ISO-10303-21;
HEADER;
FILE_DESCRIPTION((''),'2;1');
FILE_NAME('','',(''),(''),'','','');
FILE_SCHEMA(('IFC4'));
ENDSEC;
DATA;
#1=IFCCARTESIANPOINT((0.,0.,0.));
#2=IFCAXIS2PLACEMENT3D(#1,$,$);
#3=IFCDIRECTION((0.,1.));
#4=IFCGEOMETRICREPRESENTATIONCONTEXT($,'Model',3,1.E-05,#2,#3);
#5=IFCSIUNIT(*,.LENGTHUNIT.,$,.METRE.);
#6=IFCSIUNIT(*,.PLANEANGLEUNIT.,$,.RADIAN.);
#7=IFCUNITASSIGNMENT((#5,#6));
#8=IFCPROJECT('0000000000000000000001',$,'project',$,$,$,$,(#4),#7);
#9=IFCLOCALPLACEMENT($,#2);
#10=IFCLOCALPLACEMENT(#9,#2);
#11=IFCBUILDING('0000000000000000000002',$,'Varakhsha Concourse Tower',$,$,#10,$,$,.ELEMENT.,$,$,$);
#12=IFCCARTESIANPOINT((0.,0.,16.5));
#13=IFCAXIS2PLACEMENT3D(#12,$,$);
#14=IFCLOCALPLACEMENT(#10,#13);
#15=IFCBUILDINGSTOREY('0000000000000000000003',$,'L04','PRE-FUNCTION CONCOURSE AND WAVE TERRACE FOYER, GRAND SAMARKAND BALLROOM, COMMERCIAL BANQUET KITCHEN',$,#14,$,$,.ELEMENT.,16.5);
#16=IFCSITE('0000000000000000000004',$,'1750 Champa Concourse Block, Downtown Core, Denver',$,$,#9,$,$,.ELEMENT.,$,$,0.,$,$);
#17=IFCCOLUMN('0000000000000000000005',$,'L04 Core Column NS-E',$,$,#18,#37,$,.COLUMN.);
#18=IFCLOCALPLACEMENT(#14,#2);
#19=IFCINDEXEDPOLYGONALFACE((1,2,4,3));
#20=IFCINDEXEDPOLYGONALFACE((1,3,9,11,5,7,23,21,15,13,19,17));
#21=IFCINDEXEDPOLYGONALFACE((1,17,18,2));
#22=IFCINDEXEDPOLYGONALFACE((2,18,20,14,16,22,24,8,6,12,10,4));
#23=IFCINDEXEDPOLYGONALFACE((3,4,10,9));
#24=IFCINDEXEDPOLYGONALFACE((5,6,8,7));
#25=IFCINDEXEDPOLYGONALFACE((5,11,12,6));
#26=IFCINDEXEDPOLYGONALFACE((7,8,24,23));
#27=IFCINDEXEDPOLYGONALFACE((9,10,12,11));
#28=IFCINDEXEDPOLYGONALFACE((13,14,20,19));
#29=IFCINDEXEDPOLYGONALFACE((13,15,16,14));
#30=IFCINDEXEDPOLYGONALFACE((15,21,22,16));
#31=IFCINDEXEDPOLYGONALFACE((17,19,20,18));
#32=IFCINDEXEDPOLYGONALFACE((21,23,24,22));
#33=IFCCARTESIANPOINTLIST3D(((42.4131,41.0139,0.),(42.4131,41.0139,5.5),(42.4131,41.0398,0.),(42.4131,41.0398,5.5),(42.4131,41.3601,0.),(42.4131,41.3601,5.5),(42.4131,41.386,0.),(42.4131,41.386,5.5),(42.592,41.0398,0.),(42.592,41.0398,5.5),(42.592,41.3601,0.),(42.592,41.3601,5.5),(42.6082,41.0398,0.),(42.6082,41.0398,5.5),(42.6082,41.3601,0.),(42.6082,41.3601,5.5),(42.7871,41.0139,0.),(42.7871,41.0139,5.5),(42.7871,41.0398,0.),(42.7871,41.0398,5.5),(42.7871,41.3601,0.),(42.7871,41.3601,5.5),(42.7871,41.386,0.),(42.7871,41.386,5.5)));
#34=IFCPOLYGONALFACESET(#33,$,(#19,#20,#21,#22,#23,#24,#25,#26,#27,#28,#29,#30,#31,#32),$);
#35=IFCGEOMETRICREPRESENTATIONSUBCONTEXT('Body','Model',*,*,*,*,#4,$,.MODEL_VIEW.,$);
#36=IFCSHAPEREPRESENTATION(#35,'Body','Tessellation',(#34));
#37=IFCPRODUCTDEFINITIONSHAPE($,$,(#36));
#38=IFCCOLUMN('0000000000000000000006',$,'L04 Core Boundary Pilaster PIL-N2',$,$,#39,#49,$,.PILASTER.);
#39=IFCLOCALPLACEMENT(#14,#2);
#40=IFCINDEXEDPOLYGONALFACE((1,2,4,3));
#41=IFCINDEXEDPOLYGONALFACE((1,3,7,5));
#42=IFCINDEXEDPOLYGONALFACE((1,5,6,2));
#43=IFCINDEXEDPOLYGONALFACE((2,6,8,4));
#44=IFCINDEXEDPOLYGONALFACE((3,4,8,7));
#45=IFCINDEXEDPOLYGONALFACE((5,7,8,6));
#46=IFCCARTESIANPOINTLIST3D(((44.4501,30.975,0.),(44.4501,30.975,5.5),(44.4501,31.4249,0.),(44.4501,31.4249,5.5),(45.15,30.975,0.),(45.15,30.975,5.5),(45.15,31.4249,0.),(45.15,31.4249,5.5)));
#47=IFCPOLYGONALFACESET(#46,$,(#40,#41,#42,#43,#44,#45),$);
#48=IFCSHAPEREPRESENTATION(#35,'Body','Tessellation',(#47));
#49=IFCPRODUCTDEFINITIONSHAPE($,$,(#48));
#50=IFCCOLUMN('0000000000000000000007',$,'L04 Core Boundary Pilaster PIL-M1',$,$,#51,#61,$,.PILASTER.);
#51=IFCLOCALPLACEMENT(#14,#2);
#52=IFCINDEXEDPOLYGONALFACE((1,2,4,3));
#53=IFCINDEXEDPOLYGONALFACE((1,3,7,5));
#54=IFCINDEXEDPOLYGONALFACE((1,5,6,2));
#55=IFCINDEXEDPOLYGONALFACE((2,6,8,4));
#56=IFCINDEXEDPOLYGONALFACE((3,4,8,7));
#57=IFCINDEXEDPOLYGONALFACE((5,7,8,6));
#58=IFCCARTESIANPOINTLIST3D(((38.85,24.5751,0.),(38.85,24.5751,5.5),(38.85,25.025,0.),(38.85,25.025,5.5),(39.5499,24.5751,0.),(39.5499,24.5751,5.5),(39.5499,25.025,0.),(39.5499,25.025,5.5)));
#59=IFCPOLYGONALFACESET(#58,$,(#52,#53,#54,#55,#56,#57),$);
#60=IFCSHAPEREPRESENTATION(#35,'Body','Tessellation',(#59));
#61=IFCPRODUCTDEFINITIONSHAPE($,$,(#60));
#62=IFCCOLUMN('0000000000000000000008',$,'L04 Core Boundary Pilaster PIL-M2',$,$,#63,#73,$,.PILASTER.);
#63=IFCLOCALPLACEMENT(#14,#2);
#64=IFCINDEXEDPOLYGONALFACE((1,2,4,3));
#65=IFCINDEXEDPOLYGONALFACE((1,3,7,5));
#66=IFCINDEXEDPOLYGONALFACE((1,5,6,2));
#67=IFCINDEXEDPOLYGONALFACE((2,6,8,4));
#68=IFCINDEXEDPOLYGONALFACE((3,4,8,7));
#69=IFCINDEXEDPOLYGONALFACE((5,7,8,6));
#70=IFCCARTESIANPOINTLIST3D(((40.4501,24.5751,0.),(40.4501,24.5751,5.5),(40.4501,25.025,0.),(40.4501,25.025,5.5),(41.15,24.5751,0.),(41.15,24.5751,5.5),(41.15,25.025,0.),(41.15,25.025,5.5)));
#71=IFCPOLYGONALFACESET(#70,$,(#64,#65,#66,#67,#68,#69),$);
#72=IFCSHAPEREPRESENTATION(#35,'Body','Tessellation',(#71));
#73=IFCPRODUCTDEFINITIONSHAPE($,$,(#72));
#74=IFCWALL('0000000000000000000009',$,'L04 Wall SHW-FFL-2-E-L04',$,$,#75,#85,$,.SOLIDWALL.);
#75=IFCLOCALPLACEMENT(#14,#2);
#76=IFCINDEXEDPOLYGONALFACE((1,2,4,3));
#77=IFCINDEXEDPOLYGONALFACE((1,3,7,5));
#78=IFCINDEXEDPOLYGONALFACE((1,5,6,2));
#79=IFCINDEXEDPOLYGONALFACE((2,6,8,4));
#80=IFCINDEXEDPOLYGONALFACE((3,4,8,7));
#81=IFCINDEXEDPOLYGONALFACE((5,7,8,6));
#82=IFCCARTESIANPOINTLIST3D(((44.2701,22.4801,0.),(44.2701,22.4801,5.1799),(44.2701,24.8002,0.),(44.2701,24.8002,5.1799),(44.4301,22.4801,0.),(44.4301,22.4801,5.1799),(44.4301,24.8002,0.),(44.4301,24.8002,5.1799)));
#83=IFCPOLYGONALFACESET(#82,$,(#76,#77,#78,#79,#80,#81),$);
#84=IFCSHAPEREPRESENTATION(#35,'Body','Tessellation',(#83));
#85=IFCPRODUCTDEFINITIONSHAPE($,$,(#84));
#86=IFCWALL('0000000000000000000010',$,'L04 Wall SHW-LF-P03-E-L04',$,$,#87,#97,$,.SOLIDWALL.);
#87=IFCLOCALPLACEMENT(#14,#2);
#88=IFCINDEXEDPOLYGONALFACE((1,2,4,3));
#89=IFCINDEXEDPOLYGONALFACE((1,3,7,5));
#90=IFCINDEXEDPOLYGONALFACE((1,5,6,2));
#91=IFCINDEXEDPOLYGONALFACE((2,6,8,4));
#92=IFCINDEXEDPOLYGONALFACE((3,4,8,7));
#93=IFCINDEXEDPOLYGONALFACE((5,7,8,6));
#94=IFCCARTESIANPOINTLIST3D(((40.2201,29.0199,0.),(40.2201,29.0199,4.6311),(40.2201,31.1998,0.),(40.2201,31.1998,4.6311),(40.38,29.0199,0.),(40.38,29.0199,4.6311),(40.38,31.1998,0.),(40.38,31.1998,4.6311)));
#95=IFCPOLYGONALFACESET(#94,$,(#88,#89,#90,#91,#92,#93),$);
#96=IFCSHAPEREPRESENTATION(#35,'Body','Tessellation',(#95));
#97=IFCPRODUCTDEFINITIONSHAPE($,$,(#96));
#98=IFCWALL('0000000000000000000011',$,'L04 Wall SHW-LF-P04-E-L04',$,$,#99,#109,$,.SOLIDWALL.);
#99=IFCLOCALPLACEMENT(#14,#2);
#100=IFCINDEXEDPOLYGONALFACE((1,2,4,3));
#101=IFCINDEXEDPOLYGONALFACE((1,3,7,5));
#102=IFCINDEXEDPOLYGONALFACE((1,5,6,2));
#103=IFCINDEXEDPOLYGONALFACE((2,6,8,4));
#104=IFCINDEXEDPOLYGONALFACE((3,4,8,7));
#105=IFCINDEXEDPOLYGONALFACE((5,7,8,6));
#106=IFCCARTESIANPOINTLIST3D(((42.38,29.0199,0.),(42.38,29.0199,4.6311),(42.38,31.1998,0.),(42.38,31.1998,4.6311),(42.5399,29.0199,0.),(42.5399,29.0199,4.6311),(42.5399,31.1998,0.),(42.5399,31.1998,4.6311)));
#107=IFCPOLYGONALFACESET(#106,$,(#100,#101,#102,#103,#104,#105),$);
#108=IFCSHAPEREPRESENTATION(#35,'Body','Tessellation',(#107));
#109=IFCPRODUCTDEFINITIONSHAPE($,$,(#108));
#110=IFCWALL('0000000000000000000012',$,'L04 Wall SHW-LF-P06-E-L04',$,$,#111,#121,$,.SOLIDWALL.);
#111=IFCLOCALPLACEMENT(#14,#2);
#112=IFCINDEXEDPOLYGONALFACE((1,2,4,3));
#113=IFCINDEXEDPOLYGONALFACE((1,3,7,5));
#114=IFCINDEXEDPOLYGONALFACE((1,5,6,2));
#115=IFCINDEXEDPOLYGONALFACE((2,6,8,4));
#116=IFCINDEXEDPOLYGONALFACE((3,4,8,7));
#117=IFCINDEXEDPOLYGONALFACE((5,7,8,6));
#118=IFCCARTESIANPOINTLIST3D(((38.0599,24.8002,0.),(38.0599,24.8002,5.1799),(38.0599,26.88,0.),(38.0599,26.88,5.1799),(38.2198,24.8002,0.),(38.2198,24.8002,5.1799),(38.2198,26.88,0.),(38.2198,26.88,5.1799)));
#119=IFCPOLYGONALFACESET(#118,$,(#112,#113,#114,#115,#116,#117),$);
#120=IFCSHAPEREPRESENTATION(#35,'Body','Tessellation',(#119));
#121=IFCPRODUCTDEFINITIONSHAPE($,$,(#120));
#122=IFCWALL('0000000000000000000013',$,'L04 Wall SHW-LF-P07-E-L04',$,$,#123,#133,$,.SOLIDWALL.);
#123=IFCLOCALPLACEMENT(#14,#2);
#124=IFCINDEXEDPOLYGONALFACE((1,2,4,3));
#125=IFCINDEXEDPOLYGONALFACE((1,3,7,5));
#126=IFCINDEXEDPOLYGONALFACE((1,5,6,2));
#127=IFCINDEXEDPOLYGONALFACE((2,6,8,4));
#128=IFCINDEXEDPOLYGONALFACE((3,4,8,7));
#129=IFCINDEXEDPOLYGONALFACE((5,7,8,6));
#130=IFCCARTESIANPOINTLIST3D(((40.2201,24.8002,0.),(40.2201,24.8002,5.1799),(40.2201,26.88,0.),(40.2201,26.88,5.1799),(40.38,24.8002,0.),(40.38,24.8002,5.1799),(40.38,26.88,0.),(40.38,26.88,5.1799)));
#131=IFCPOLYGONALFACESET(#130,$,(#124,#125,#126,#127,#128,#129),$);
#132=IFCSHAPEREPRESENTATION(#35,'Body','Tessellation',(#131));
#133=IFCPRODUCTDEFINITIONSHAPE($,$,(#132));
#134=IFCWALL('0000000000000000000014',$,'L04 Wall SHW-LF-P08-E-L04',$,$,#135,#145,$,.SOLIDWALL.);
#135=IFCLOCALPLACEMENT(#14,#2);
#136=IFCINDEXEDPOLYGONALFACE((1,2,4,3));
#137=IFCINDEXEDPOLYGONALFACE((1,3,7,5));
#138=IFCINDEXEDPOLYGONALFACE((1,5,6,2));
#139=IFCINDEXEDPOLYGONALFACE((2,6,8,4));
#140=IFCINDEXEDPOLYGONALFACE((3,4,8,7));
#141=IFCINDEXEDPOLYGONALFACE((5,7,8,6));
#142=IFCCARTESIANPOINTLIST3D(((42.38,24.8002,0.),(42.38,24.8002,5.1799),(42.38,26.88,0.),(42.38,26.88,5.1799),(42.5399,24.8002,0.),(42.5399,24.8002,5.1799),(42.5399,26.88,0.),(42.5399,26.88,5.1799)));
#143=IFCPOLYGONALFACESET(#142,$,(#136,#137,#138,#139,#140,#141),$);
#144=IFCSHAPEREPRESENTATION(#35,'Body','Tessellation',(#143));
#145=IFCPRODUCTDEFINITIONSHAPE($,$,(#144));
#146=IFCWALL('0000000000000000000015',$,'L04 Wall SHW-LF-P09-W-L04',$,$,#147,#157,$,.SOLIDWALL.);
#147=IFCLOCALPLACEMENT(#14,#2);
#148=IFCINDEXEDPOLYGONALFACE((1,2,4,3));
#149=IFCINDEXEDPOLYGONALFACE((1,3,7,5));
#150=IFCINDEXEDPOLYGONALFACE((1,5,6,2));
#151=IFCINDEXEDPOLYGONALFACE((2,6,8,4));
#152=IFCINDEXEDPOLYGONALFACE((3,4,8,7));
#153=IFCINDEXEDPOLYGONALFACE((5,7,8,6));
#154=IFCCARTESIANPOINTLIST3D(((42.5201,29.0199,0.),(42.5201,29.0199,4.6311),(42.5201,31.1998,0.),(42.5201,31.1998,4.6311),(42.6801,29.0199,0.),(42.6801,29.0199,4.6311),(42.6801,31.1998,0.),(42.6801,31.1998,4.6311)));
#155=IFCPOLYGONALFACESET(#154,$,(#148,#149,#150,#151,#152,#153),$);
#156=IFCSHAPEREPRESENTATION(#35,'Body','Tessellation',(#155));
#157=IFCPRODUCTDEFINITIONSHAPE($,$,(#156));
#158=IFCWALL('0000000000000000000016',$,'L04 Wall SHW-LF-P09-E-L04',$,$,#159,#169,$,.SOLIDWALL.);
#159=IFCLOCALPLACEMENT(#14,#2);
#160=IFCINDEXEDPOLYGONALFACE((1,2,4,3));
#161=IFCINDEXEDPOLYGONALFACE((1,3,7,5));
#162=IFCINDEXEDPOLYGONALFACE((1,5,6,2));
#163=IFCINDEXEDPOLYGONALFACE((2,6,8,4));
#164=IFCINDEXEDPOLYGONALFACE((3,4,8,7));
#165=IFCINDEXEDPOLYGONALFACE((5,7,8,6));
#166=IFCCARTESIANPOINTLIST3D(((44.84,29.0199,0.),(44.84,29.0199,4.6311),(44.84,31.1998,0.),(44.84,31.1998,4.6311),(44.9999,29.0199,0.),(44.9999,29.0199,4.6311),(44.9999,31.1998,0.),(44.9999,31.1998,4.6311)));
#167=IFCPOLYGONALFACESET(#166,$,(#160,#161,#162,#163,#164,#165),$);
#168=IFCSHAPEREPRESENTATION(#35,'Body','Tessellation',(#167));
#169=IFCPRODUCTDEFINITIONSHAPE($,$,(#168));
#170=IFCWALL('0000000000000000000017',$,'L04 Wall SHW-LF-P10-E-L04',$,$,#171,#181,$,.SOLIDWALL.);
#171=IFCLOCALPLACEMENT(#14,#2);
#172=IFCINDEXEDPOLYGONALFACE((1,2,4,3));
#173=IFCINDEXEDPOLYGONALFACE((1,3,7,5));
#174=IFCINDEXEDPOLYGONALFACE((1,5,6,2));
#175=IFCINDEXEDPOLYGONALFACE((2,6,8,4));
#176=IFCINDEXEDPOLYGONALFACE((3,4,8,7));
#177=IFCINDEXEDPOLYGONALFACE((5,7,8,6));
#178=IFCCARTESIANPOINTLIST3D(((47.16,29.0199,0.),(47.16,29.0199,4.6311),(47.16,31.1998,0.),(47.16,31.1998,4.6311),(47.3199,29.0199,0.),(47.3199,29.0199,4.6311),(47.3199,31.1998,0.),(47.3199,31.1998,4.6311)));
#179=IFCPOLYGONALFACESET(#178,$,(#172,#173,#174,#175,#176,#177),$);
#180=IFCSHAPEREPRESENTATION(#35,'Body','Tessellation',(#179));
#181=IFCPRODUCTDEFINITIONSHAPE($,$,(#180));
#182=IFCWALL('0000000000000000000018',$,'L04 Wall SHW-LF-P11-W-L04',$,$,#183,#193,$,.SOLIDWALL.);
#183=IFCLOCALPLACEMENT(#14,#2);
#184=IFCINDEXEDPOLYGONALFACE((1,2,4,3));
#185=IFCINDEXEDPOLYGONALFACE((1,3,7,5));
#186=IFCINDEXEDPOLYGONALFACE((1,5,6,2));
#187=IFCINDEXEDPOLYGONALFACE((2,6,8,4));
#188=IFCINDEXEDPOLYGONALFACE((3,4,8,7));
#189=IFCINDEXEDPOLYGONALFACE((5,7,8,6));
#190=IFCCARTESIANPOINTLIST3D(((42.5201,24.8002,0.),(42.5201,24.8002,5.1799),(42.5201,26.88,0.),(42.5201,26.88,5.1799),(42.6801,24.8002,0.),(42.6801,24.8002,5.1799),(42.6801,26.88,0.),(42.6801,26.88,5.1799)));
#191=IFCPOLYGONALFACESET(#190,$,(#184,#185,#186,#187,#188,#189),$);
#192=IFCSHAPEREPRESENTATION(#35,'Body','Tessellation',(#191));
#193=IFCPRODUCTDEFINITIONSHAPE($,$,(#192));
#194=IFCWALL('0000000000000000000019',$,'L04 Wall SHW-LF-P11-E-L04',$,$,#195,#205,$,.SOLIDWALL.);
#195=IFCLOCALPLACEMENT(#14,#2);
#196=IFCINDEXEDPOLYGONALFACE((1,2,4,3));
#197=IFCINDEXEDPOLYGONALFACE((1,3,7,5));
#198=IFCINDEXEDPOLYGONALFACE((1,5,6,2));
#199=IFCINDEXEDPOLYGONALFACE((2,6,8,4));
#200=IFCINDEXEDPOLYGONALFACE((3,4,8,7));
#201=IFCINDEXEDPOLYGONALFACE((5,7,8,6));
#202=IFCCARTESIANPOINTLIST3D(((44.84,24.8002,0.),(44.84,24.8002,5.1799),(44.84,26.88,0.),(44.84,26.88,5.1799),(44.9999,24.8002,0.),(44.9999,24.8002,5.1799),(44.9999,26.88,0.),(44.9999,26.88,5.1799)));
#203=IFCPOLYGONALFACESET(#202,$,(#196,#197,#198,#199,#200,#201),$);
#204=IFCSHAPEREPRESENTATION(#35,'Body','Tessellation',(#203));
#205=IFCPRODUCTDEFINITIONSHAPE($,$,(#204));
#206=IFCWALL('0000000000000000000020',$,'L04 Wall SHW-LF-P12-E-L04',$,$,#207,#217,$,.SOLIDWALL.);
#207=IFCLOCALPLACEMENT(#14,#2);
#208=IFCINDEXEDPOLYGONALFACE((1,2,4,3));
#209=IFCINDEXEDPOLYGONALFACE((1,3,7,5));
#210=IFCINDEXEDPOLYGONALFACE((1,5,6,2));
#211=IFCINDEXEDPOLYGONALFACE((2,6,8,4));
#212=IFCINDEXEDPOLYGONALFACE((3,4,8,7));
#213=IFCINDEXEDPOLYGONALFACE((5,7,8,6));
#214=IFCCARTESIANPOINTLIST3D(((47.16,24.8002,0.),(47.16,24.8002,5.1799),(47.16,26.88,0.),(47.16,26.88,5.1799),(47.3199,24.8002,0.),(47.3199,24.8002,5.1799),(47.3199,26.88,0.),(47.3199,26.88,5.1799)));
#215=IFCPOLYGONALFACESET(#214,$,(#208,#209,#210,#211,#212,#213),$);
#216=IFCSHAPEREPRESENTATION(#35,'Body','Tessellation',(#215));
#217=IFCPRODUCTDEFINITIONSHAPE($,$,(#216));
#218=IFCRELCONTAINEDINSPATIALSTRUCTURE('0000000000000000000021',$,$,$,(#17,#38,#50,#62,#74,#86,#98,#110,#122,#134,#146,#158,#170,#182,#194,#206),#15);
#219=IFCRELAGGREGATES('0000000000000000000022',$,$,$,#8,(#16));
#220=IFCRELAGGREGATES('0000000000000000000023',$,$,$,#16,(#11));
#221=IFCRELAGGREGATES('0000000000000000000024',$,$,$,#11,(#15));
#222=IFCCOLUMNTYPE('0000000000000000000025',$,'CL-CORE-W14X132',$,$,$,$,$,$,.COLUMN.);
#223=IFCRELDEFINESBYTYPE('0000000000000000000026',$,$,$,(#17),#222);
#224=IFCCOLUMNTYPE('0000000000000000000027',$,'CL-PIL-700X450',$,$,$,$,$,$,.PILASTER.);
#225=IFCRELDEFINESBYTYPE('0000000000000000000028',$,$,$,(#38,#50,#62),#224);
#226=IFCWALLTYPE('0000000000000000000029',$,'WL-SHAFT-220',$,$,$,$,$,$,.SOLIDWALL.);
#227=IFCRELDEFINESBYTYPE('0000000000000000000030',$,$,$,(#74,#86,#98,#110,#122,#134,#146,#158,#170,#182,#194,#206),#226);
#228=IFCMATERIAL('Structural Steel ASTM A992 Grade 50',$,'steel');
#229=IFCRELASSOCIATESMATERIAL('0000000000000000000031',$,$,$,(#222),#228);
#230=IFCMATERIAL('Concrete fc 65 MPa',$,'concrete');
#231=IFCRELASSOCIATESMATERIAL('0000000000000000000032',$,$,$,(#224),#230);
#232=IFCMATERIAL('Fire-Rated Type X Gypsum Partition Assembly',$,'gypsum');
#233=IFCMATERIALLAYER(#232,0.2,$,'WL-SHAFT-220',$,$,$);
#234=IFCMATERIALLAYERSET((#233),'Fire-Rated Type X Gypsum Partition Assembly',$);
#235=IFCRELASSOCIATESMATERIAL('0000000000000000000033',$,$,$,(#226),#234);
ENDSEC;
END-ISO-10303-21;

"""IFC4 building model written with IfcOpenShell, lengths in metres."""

from ifc_helpers import new_model, si_unit, direction, frame, frame_2d, origin, origin_2d, place, context, subcontext, project, spatial, rectangle, i_section, extrude, material, layer, layer_set, material_profile, profile_set, type_object, element, save


model = new_model("IFC4")

# Units and contexts
model_context = context("Model", 3, precision=1e-05, world=origin(), true_north=direction((0.0, 1.0)))
body_context = subcontext(model_context, "Body", "Model", "MODEL_VIEW")
ifc_project = project(units=[si_unit("LENGTHUNIT", "METRE"), si_unit("PLANEANGLEUNIT", "RADIAN")], contexts=[model_context])

# Site, building, storey
site_placement = place(None, origin())
site = spatial("IfcSite", under=ifc_project, at=site_placement, Name="1750 Champa Concourse Block, Downtown Core, Denver", CompositionType="ELEMENT", RefElevation=0.0)
building_placement = place(site_placement, origin())
building = spatial("IfcBuilding", under=site, at=building_placement, Name="Varakhsha Concourse Tower", CompositionType="ELEMENT")
storey_placement = place(building_placement, frame((0.0, 0.0, 16.5)))
storey = spatial("IfcBuildingStorey", under=building, at=storey_placement, Name="L04", Description="PRE-FUNCTION CONCOURSE AND WAVE TERRACE FOYER, GRAND SAMARKAND BALLROOM, COMMERCIAL BANQUET KITCHEN", CompositionType="ELEMENT", Elevation=16.5)

# Columns
ifc_material_1 = material(Name="Structural Steel ASTM A992 Grade 50", Category="steel")
ifc_material_profile_1 = material_profile(ifc_material_1, i_section(OverallWidth=0.374, OverallDepth=0.3721, WebThickness=0.0161, FlangeThickness=0.0259, at=origin_2d()), Name="W14X132")
ifc_profile_set_1 = profile_set([ifc_material_profile_1], Name="Structural Steel ASTM A992 Grade 50")
column_type_1 = type_object("IfcColumnType", Name="CL-CORE-W14X132", PredefinedType="COLUMN", material=ifc_profile_set_1)
column_placement = place(storey_placement, frame((42.6001, 41.2, 0.0), z_axis=(0.0, 0.0, 1.0), x_axis=(1.0, 0.0, 0.0)))
element("IfcColumn", 1, at=column_placement, inside=storey, type_object=column_type_1, Name="L04 Core Column NS-E", PredefinedType="COLUMN", context=body_context, shape_type="SweptSolid", body=[
    extrude(i_section(OverallWidth=0.374, OverallDepth=0.3721, WebThickness=0.0161, FlangeThickness=0.0259, at=origin_2d()), origin(), (0.0, 0.0, 1.0), 5.5),
])
ifc_material_2 = material(Name="Concrete fc 65 MPa", Category="concrete")
ifc_material_profile_2 = material_profile(ifc_material_2, rectangle(XDim=0.7, YDim=0.45, at=origin_2d()), Name="RC 700x450")
ifc_profile_set_2 = profile_set([ifc_material_profile_2], Name="Concrete fc 65 MPa")
column_type_2 = type_object("IfcColumnType", Name="CL-PIL-700X450", PredefinedType="PILASTER", material=ifc_profile_set_2)
for number, where, z_axis, x_axis, name in (
    (2, (44.8, 31.2, 0.0), (0.0, 0.0, 1.0), (1.0, 0.0, 0.0), "L04 Core Boundary Pilaster PIL-N2"),
    (3, (39.2, 24.8, 0.0), (0.0, 0.0, 1.0), (1.0, 0.0, 0.0), "L04 Core Boundary Pilaster PIL-M1"),
    (4, (40.8, 24.8, 0.0), (0.0, 0.0, 1.0), (1.0, 0.0, 0.0), "L04 Core Boundary Pilaster PIL-M2"),
):
    element("IfcColumn", number, at=place(storey_placement, frame(where, z_axis=z_axis, x_axis=x_axis)), inside=storey, type_object=column_type_2, Name=name, PredefinedType="PILASTER", context=body_context, shape_type="SweptSolid", body=[
        extrude(rectangle(XDim=0.7, YDim=0.45, at=origin_2d()), origin(), (0.0, 0.0, 1.0), 5.5),
    ])

# Walls
ifc_material_3 = material(Name="Fire-Rated Type X Gypsum Partition Assembly", Category="gypsum")
ifc_layer_1 = layer(ifc_material_3, 0.2, Name="WL-SHAFT-220")
ifc_layer_set_1 = layer_set([ifc_layer_1], Name="Fire-Rated Type X Gypsum Partition Assembly")
wall_type_1 = type_object("IfcWallType", Name="WL-SHAFT-220", PredefinedType="SOLIDWALL", material=ifc_layer_set_1)
wall_1_placement = place(storey_placement, frame((44.3501, 22.48, 0.0), z_axis=(0.0, 0.0, 1.0), x_axis=(0.0, 1.0, 0.0)))
element("IfcWall", 5, at=wall_1_placement, inside=storey, type_object=wall_type_1, Name="L04 Wall SHW-FFL-2-E-L04", PredefinedType="SOLIDWALL", context=body_context, shape_type="SweptSolid", body=[
    extrude(rectangle(XDim=2.3201, YDim=0.1599, at=frame_2d((1.1602, 0.0))), origin(), (0.0, 0.0, 1.0), 5.1799),
])
for number, where, z_axis, x_axis, name in (
    (6, (40.3, 29.02, 0.0), (0.0, 0.0, 1.0), (0.0, 1.0, 0.0), "L04 Wall SHW-LF-P03-E-L04"),
    (7, (42.46, 29.02, 0.0), (0.0, 0.0, 1.0), (0.0, 1.0, 0.0), "L04 Wall SHW-LF-P04-E-L04"),
):
    element("IfcWall", number, at=place(storey_placement, frame(where, z_axis=z_axis, x_axis=x_axis)), inside=storey, type_object=wall_type_1, Name=name, PredefinedType="SOLIDWALL", context=body_context, shape_type="SweptSolid", body=[
        extrude(rectangle(XDim=2.1799, YDim=0.1599, at=frame_2d((1.0898, 0.0))), origin(), (0.0, 0.0, 1.0), 4.6311),
    ])
for number, where, z_axis, x_axis, name in (
    (8, (38.1399, 24.8, 0.0), (0.0, 0.0, 1.0), (0.0, 1.0, 0.0), "L04 Wall SHW-LF-P06-E-L04"),
    (9, (40.3, 24.8, 0.0), (0.0, 0.0, 1.0), (0.0, 1.0, 0.0), "L04 Wall SHW-LF-P07-E-L04"),
    (10, (42.46, 24.8, 0.0), (0.0, 0.0, 1.0), (0.0, 1.0, 0.0), "L04 Wall SHW-LF-P08-E-L04"),
):
    element("IfcWall", number, at=place(storey_placement, frame(where, z_axis=z_axis, x_axis=x_axis)), inside=storey, type_object=wall_type_1, Name=name, PredefinedType="SOLIDWALL", context=body_context, shape_type="SweptSolid", body=[
        extrude(rectangle(XDim=2.0798, YDim=0.1599, at=frame_2d((1.04, 0.0))), origin(), (0.0, 0.0, 1.0), 5.1799),
    ])
for number, where, z_axis, x_axis, name in (
    (11, (42.6001, 29.02, 0.0), (0.0, 0.0, 1.0), (0.0, 1.0, 0.0), "L04 Wall SHW-LF-P09-W-L04"),
    (12, (44.9199, 29.02, 0.0), (0.0, 0.0, 1.0), (0.0, 1.0, 0.0), "L04 Wall SHW-LF-P09-E-L04"),
    (13, (47.24, 29.02, 0.0), (0.0, 0.0, 1.0), (0.0, 1.0, 0.0), "L04 Wall SHW-LF-P10-E-L04"),
):
    element("IfcWall", number, at=place(storey_placement, frame(where, z_axis=z_axis, x_axis=x_axis)), inside=storey, type_object=wall_type_1, Name=name, PredefinedType="SOLIDWALL", context=body_context, shape_type="SweptSolid", body=[
        extrude(rectangle(XDim=2.1799, YDim=0.1599, at=frame_2d((1.0898, 0.0))), origin(), (0.0, 0.0, 1.0), 4.6311),
    ])
for number, where, z_axis, x_axis, name in (
    (14, (42.6001, 24.8, 0.0), (0.0, 0.0, 1.0), (0.0, 1.0, 0.0), "L04 Wall SHW-LF-P11-W-L04"),
    (15, (44.9199, 24.8, 0.0), (0.0, 0.0, 1.0), (0.0, 1.0, 0.0), "L04 Wall SHW-LF-P11-E-L04"),
    (16, (47.24, 24.8, 0.0), (0.0, 0.0, 1.0), (0.0, 1.0, 0.0), "L04 Wall SHW-LF-P12-E-L04"),
):
    element("IfcWall", number, at=place(storey_placement, frame(where, z_axis=z_axis, x_axis=x_axis)), inside=storey, type_object=wall_type_1, Name=name, PredefinedType="SOLIDWALL", context=body_context, shape_type="SweptSolid", body=[
        extrude(rectangle(XDim=2.0798, YDim=0.1599, at=frame_2d((1.04, 0.0))), origin(), (0.0, 0.0, 1.0), 5.1799),
    ])

save(model, "model.ifc")
